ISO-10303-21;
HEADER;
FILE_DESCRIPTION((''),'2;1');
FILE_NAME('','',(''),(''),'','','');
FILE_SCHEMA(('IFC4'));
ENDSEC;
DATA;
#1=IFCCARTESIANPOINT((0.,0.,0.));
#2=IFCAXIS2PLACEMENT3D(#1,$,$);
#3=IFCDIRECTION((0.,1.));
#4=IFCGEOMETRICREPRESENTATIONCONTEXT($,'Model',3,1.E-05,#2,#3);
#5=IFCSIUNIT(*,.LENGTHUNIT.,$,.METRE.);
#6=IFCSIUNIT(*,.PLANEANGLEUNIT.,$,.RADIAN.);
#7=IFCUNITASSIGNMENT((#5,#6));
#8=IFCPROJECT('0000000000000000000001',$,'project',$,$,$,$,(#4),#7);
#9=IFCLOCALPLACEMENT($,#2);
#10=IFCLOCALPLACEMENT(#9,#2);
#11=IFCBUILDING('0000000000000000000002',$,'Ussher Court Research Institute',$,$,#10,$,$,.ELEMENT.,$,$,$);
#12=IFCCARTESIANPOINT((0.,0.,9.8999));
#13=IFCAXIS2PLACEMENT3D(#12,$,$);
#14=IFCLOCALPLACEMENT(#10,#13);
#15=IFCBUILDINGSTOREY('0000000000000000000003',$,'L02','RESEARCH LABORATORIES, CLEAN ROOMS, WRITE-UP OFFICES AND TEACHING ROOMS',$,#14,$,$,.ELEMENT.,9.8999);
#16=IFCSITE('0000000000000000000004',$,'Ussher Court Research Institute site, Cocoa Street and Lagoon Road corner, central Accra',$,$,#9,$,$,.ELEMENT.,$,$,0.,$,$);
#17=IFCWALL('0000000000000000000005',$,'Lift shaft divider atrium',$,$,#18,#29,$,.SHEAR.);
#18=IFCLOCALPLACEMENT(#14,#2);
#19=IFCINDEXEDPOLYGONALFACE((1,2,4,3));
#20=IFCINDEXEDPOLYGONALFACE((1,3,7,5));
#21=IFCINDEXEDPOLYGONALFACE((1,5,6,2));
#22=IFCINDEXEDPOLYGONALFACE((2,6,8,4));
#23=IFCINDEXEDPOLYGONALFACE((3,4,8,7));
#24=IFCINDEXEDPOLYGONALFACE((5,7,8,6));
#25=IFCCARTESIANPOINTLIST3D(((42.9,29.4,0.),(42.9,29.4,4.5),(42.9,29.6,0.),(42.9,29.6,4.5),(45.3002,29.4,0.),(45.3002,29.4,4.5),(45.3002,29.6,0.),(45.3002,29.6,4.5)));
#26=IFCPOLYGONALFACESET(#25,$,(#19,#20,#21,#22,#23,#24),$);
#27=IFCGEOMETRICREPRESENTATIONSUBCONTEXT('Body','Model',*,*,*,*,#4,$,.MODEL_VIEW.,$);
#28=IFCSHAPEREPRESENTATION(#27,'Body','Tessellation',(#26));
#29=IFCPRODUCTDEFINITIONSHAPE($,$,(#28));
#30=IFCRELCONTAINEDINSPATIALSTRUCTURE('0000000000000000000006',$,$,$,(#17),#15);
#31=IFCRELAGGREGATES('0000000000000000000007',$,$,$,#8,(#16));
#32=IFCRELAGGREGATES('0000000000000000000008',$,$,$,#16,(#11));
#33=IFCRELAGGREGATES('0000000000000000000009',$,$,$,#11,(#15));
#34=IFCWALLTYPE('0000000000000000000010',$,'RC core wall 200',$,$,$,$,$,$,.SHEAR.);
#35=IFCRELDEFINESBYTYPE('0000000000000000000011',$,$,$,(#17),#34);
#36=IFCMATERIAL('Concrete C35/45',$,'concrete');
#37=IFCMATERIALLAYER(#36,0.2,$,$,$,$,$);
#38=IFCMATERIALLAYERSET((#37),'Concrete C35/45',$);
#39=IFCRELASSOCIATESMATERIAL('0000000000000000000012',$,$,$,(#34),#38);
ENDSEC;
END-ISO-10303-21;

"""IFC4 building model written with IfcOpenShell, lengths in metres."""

from ifc_helpers import new_model, si_unit, direction, frame, frame_2d, origin, place, context, subcontext, project, spatial, rectangle, extrude, material, layer, layer_set, type_object, element, save


model = new_model("IFC4")

# Units and contexts
model_context = context("Model", 3, precision=1e-05, world=origin(), true_north=direction((0.0, 1.0)))
body_context = subcontext(model_context, "Body", "Model", "MODEL_VIEW")
ifc_project = project(units=[si_unit("LENGTHUNIT", "METRE"), si_unit("PLANEANGLEUNIT", "RADIAN")], contexts=[model_context])

# Site, building, storey
site_placement = place(None, origin())
site = spatial("IfcSite", under=ifc_project, at=site_placement, Name="Ussher Court Research Institute site, Cocoa Street and Lagoon Road corner, central Accra", CompositionType="ELEMENT", RefElevation=0.0)
building_placement = place(site_placement, origin())
building = spatial("IfcBuilding", under=site, at=building_placement, Name="Ussher Court Research Institute", CompositionType="ELEMENT")
storey_placement = place(building_placement, frame((0.0, 0.0, 9.8999)))
storey = spatial("IfcBuildingStorey", under=building, at=storey_placement, Name="L02", Description="RESEARCH LABORATORIES, CLEAN ROOMS, WRITE-UP OFFICES AND TEACHING ROOMS", CompositionType="ELEMENT", Elevation=9.8999)

# Wall
ifc_material_1 = material(Name="Concrete C35/45", Category="concrete")
ifc_layer_1 = layer(ifc_material_1, 0.2)
ifc_layer_set_1 = layer_set([ifc_layer_1], Name="Concrete C35/45")
wall_type_1 = type_object("IfcWallType", Name="RC core wall 200", PredefinedType="SHEAR", material=ifc_layer_set_1)
wall_1_placement = place(storey_placement, frame((42.8999, 29.5, 0.0), z_axis=(0.0, 0.0, 1.0), x_axis=(1.0, 0.0, 0.0)))
element("IfcWall", 1, at=wall_1_placement, inside=storey, type_object=wall_type_1, Name="Lift shaft divider atrium", PredefinedType="SHEAR", context=body_context, shape_type="SweptSolid", body=[
    extrude(rectangle(XDim=2.4001, YDim=0.2, at=frame_2d((1.2002, 0.0))), origin(), (0.0, 0.0, 1.0), 4.5),
])

save(model, "model.ifc")
